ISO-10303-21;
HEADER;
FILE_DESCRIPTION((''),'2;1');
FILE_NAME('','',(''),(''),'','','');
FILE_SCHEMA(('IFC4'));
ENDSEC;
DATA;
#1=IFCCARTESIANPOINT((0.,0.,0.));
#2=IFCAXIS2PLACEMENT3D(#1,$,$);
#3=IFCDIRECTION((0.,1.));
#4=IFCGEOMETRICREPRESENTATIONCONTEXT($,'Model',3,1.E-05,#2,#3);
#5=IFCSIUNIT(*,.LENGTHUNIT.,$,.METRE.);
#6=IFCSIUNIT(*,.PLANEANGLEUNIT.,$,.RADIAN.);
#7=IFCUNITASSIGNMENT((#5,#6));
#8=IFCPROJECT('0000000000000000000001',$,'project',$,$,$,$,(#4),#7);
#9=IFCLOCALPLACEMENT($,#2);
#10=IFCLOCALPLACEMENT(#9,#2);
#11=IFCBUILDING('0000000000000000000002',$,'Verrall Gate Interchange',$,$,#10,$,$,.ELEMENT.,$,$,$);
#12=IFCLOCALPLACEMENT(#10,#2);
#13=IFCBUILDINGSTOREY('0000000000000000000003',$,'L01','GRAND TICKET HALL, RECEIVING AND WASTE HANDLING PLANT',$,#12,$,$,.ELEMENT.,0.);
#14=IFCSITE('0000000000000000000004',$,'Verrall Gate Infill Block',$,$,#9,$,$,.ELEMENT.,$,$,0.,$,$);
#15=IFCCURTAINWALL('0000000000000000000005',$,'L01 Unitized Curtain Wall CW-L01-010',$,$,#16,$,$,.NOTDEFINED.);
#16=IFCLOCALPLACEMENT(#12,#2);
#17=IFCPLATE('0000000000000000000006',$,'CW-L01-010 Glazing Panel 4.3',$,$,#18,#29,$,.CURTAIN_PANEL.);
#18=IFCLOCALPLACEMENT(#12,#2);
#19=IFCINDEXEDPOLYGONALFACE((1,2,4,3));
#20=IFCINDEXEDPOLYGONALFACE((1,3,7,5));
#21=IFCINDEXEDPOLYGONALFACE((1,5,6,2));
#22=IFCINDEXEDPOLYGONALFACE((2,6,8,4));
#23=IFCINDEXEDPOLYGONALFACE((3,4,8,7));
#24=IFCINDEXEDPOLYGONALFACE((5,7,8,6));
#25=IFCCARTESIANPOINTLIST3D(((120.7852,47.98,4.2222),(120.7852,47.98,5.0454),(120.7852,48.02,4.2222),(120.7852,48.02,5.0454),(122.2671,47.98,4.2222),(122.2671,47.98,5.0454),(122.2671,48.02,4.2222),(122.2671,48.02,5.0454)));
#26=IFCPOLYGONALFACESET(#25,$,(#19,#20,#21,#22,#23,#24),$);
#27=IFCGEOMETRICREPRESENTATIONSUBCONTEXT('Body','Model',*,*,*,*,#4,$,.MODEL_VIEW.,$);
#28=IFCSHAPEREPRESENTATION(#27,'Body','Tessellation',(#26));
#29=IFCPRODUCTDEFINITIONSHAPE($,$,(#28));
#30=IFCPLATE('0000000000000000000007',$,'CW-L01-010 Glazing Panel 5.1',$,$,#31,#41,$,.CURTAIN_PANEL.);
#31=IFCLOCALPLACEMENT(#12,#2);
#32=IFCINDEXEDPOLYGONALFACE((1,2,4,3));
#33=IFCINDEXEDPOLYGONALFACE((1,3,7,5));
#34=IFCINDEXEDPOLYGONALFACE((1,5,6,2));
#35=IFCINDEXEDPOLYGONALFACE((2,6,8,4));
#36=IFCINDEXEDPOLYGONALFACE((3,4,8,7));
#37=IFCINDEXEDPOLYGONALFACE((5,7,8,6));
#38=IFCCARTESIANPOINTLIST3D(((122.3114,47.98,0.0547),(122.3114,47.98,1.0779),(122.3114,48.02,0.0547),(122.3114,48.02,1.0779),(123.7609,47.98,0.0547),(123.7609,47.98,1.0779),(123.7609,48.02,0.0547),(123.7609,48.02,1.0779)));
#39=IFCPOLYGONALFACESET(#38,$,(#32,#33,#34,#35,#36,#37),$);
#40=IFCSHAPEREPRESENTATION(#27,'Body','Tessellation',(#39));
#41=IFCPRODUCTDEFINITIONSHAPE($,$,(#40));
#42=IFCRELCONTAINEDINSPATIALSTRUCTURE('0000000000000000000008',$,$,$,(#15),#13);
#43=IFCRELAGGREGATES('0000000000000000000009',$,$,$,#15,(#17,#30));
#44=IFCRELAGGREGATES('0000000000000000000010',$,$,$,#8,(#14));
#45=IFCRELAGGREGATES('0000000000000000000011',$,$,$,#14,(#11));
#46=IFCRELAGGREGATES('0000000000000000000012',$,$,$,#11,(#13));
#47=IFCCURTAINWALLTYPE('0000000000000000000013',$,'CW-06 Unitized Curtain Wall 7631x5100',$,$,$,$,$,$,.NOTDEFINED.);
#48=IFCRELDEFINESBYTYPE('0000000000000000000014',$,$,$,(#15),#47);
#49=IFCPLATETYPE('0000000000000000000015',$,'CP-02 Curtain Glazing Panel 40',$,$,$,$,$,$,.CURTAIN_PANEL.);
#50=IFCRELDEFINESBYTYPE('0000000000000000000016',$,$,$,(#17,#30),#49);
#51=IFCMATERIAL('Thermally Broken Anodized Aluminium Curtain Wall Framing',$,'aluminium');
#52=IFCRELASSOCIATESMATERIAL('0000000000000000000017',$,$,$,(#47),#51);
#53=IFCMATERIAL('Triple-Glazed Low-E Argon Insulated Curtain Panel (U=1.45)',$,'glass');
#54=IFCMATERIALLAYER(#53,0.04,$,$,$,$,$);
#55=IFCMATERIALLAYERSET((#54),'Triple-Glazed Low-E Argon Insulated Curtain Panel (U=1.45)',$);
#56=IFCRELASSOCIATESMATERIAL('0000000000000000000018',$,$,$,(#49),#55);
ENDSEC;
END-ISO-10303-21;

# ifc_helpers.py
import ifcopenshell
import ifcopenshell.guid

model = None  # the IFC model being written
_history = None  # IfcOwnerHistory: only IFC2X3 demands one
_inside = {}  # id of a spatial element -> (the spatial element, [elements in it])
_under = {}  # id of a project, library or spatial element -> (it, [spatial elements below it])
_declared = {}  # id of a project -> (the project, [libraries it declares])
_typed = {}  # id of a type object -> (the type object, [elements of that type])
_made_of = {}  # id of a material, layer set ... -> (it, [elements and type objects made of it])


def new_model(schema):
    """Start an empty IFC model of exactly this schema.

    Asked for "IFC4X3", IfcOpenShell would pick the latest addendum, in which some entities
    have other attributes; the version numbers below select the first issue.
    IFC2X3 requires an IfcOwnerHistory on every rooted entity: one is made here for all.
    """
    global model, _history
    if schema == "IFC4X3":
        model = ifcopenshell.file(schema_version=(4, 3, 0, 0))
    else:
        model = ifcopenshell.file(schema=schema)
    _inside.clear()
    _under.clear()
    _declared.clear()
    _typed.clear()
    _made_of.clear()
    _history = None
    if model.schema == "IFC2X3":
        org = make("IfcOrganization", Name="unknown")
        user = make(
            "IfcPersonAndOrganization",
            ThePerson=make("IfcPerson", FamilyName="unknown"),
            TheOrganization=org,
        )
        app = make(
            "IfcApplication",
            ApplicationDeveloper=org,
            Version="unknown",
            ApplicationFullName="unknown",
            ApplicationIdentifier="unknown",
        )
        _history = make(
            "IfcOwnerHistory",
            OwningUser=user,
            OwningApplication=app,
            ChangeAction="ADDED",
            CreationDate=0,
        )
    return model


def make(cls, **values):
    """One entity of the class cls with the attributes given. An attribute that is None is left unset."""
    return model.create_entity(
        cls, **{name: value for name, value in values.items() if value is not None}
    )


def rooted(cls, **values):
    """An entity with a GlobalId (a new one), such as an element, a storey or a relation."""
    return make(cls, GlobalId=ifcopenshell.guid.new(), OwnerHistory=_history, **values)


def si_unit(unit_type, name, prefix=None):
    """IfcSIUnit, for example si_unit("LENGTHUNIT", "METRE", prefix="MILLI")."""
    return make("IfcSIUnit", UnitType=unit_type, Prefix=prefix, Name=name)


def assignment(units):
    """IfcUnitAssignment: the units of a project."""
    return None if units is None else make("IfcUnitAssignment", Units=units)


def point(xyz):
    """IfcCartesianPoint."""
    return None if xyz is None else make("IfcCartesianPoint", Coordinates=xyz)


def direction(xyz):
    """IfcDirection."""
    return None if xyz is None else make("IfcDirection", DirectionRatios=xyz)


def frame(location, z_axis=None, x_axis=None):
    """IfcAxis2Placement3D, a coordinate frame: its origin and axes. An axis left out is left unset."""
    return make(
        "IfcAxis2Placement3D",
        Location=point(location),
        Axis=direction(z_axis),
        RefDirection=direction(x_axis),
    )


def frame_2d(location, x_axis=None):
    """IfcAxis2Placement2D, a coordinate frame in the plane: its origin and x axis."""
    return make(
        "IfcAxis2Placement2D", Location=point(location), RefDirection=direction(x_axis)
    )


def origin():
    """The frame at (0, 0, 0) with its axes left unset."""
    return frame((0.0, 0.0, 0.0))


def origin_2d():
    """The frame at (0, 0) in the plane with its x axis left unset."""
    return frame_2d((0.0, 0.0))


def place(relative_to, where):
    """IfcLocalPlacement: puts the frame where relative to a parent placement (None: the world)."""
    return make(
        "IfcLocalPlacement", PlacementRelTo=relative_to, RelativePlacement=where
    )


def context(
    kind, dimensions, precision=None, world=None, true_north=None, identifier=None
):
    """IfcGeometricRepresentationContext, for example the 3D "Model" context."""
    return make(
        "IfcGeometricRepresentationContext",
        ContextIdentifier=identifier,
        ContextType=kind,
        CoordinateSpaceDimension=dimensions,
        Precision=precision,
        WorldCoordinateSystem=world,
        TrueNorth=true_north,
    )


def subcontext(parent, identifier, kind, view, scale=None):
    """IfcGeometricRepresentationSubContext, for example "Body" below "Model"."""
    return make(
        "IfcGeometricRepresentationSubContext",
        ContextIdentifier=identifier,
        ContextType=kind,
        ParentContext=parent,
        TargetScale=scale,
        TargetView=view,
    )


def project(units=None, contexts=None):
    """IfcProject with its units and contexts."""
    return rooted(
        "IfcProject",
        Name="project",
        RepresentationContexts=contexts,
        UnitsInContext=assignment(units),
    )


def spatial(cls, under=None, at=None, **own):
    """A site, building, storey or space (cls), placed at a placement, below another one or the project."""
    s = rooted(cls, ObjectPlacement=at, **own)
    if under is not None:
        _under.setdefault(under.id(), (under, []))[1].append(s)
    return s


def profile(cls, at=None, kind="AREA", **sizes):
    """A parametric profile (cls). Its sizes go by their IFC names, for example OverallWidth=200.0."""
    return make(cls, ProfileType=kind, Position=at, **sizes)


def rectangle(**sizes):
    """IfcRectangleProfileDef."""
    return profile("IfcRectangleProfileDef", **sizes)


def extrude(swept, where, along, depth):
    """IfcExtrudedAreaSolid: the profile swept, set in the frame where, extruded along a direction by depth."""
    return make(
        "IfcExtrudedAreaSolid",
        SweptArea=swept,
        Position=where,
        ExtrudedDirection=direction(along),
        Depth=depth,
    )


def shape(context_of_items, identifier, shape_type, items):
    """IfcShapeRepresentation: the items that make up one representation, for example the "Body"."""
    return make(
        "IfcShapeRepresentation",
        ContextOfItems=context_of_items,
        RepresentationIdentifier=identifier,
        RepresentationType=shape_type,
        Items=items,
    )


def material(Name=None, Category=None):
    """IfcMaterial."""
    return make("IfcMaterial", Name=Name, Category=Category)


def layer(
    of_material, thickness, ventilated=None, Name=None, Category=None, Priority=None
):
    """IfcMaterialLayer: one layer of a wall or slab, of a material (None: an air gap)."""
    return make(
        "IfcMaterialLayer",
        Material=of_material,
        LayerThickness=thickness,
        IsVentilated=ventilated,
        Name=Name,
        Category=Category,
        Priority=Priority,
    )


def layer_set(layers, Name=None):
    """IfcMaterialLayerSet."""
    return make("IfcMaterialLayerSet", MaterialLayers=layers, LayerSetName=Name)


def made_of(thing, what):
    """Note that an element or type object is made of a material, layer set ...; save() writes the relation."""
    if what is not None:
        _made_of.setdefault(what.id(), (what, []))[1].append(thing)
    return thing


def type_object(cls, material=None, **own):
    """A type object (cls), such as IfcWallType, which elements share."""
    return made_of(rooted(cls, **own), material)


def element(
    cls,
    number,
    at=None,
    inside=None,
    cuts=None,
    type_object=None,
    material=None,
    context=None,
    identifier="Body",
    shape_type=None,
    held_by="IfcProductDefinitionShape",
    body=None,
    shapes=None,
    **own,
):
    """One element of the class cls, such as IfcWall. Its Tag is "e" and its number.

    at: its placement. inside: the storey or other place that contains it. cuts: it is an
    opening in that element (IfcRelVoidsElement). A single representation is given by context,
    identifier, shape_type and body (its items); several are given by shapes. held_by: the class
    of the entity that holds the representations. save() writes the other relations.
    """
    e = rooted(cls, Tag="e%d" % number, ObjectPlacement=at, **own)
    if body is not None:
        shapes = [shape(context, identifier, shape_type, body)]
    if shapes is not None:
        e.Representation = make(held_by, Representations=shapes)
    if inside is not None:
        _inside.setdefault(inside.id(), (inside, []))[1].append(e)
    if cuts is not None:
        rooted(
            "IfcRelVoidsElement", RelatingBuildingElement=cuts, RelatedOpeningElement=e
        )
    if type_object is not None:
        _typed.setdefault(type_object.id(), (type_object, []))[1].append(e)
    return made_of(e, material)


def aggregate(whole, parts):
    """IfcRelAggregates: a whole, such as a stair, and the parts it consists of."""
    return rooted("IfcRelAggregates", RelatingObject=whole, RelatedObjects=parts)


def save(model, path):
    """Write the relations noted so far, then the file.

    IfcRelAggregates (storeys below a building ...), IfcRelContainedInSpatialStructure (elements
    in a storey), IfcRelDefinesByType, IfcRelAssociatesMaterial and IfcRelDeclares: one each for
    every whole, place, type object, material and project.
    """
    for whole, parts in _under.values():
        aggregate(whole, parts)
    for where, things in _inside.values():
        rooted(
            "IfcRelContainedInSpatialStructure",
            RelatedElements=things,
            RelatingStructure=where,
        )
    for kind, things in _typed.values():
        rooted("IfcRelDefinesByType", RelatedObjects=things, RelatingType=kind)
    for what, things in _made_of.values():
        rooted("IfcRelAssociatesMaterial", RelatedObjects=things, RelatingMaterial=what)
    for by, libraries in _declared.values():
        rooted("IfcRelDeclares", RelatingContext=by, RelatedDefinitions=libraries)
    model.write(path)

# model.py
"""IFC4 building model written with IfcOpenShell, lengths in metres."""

from ifc_helpers import new_model, si_unit, direction, frame, origin, origin_2d, place, context, subcontext, project, spatial, rectangle, extrude, material, layer, layer_set, type_object, element, aggregate, save


model = new_model("IFC4")

# Units and contexts
model_context = context("Model", 3, precision=1e-05, world=origin(), true_north=direction((0.0, 1.0)))
body_context = subcontext(model_context, "Body", "Model", "MODEL_VIEW")
ifc_project = project(units=[si_unit("LENGTHUNIT", "METRE"), si_unit("PLANEANGLEUNIT", "RADIAN")], contexts=[model_context])

# Site, building, storey
site_placement = place(None, origin())
site = spatial("IfcSite", under=ifc_project, at=site_placement, Name="Verrall Gate Infill Block", CompositionType="ELEMENT", RefElevation=0.0)
building_placement = place(site_placement, origin())
building = spatial("IfcBuilding", under=site, at=building_placement, Name="Verrall Gate Interchange", CompositionType="ELEMENT")
storey_placement = place(building_placement, origin())
storey = spatial("IfcBuildingStorey", under=building, at=storey_placement, Name="L01", Description="GRAND TICKET HALL, RECEIVING AND WASTE HANDLING PLANT", CompositionType="ELEMENT", Elevation=0.0)

# Curtain wall
ifc_material_1 = material(Name="Thermally Broken Anodized Aluminium Curtain Wall Framing", Category="aluminium")
curtain_wall_type = type_object("IfcCurtainWallType", Name="CW-06 Unitized Curtain Wall 7631x5100", PredefinedType="NOTDEFINED", material=ifc_material_1)
curtain_wall_placement = place(storey_placement, origin())
curtain_wall = element("IfcCurtainWall", 1, at=curtain_wall_placement, inside=storey, type_object=curtain_wall_type, Name="L01 Unitized Curtain Wall CW-L01-010", PredefinedType="NOTDEFINED")

# Plates
ifc_material_2 = material(Name="Triple-Glazed Low-E Argon Insulated Curtain Panel (U=1.45)", Category="glass")
ifc_layer = layer(ifc_material_2, 0.04)
ifc_layer_set = layer_set([ifc_layer], Name="Triple-Glazed Low-E Argon Insulated Curtain Panel (U=1.45)")
plate_type = type_object("IfcPlateType", Name="CP-02 Curtain Glazing Panel 40", PredefinedType="CURTAIN_PANEL", material=ifc_layer_set)
plate_1_placement = place(storey_placement, frame((121.5261, 48.0, 4.2222), z_axis=(0.0, 0.0, 1.0), x_axis=(1.0, 0.0, 0.0)))
plate_1 = element("IfcPlate", 2, at=plate_1_placement, type_object=plate_type, Name="CW-L01-010 Glazing Panel 4.3", PredefinedType="CURTAIN_PANEL", context=body_context, shape_type="SweptSolid", body=[
    extrude(rectangle(XDim=1.4819, YDim=0.04, at=origin_2d()), origin(), (0.0, 0.0, 1.0), 0.8232),
])
plate_2_placement = place(storey_placement, frame((123.0361, 48.0, 0.0547), z_axis=(0.0, 0.0, 1.0), x_axis=(1.0, 0.0, 0.0)))
plate_2 = element("IfcPlate", 3, at=plate_2_placement, type_object=plate_type, Name="CW-L01-010 Glazing Panel 5.1", PredefinedType="CURTAIN_PANEL", context=body_context, shape_type="SweptSolid", body=[
    extrude(rectangle(XDim=1.4495, YDim=0.04, at=origin_2d()), origin(), (0.0, 0.0, 1.0), 1.0232),
])
aggregate(curtain_wall, [plate_1, plate_2])

save(model, "model.ifc")
